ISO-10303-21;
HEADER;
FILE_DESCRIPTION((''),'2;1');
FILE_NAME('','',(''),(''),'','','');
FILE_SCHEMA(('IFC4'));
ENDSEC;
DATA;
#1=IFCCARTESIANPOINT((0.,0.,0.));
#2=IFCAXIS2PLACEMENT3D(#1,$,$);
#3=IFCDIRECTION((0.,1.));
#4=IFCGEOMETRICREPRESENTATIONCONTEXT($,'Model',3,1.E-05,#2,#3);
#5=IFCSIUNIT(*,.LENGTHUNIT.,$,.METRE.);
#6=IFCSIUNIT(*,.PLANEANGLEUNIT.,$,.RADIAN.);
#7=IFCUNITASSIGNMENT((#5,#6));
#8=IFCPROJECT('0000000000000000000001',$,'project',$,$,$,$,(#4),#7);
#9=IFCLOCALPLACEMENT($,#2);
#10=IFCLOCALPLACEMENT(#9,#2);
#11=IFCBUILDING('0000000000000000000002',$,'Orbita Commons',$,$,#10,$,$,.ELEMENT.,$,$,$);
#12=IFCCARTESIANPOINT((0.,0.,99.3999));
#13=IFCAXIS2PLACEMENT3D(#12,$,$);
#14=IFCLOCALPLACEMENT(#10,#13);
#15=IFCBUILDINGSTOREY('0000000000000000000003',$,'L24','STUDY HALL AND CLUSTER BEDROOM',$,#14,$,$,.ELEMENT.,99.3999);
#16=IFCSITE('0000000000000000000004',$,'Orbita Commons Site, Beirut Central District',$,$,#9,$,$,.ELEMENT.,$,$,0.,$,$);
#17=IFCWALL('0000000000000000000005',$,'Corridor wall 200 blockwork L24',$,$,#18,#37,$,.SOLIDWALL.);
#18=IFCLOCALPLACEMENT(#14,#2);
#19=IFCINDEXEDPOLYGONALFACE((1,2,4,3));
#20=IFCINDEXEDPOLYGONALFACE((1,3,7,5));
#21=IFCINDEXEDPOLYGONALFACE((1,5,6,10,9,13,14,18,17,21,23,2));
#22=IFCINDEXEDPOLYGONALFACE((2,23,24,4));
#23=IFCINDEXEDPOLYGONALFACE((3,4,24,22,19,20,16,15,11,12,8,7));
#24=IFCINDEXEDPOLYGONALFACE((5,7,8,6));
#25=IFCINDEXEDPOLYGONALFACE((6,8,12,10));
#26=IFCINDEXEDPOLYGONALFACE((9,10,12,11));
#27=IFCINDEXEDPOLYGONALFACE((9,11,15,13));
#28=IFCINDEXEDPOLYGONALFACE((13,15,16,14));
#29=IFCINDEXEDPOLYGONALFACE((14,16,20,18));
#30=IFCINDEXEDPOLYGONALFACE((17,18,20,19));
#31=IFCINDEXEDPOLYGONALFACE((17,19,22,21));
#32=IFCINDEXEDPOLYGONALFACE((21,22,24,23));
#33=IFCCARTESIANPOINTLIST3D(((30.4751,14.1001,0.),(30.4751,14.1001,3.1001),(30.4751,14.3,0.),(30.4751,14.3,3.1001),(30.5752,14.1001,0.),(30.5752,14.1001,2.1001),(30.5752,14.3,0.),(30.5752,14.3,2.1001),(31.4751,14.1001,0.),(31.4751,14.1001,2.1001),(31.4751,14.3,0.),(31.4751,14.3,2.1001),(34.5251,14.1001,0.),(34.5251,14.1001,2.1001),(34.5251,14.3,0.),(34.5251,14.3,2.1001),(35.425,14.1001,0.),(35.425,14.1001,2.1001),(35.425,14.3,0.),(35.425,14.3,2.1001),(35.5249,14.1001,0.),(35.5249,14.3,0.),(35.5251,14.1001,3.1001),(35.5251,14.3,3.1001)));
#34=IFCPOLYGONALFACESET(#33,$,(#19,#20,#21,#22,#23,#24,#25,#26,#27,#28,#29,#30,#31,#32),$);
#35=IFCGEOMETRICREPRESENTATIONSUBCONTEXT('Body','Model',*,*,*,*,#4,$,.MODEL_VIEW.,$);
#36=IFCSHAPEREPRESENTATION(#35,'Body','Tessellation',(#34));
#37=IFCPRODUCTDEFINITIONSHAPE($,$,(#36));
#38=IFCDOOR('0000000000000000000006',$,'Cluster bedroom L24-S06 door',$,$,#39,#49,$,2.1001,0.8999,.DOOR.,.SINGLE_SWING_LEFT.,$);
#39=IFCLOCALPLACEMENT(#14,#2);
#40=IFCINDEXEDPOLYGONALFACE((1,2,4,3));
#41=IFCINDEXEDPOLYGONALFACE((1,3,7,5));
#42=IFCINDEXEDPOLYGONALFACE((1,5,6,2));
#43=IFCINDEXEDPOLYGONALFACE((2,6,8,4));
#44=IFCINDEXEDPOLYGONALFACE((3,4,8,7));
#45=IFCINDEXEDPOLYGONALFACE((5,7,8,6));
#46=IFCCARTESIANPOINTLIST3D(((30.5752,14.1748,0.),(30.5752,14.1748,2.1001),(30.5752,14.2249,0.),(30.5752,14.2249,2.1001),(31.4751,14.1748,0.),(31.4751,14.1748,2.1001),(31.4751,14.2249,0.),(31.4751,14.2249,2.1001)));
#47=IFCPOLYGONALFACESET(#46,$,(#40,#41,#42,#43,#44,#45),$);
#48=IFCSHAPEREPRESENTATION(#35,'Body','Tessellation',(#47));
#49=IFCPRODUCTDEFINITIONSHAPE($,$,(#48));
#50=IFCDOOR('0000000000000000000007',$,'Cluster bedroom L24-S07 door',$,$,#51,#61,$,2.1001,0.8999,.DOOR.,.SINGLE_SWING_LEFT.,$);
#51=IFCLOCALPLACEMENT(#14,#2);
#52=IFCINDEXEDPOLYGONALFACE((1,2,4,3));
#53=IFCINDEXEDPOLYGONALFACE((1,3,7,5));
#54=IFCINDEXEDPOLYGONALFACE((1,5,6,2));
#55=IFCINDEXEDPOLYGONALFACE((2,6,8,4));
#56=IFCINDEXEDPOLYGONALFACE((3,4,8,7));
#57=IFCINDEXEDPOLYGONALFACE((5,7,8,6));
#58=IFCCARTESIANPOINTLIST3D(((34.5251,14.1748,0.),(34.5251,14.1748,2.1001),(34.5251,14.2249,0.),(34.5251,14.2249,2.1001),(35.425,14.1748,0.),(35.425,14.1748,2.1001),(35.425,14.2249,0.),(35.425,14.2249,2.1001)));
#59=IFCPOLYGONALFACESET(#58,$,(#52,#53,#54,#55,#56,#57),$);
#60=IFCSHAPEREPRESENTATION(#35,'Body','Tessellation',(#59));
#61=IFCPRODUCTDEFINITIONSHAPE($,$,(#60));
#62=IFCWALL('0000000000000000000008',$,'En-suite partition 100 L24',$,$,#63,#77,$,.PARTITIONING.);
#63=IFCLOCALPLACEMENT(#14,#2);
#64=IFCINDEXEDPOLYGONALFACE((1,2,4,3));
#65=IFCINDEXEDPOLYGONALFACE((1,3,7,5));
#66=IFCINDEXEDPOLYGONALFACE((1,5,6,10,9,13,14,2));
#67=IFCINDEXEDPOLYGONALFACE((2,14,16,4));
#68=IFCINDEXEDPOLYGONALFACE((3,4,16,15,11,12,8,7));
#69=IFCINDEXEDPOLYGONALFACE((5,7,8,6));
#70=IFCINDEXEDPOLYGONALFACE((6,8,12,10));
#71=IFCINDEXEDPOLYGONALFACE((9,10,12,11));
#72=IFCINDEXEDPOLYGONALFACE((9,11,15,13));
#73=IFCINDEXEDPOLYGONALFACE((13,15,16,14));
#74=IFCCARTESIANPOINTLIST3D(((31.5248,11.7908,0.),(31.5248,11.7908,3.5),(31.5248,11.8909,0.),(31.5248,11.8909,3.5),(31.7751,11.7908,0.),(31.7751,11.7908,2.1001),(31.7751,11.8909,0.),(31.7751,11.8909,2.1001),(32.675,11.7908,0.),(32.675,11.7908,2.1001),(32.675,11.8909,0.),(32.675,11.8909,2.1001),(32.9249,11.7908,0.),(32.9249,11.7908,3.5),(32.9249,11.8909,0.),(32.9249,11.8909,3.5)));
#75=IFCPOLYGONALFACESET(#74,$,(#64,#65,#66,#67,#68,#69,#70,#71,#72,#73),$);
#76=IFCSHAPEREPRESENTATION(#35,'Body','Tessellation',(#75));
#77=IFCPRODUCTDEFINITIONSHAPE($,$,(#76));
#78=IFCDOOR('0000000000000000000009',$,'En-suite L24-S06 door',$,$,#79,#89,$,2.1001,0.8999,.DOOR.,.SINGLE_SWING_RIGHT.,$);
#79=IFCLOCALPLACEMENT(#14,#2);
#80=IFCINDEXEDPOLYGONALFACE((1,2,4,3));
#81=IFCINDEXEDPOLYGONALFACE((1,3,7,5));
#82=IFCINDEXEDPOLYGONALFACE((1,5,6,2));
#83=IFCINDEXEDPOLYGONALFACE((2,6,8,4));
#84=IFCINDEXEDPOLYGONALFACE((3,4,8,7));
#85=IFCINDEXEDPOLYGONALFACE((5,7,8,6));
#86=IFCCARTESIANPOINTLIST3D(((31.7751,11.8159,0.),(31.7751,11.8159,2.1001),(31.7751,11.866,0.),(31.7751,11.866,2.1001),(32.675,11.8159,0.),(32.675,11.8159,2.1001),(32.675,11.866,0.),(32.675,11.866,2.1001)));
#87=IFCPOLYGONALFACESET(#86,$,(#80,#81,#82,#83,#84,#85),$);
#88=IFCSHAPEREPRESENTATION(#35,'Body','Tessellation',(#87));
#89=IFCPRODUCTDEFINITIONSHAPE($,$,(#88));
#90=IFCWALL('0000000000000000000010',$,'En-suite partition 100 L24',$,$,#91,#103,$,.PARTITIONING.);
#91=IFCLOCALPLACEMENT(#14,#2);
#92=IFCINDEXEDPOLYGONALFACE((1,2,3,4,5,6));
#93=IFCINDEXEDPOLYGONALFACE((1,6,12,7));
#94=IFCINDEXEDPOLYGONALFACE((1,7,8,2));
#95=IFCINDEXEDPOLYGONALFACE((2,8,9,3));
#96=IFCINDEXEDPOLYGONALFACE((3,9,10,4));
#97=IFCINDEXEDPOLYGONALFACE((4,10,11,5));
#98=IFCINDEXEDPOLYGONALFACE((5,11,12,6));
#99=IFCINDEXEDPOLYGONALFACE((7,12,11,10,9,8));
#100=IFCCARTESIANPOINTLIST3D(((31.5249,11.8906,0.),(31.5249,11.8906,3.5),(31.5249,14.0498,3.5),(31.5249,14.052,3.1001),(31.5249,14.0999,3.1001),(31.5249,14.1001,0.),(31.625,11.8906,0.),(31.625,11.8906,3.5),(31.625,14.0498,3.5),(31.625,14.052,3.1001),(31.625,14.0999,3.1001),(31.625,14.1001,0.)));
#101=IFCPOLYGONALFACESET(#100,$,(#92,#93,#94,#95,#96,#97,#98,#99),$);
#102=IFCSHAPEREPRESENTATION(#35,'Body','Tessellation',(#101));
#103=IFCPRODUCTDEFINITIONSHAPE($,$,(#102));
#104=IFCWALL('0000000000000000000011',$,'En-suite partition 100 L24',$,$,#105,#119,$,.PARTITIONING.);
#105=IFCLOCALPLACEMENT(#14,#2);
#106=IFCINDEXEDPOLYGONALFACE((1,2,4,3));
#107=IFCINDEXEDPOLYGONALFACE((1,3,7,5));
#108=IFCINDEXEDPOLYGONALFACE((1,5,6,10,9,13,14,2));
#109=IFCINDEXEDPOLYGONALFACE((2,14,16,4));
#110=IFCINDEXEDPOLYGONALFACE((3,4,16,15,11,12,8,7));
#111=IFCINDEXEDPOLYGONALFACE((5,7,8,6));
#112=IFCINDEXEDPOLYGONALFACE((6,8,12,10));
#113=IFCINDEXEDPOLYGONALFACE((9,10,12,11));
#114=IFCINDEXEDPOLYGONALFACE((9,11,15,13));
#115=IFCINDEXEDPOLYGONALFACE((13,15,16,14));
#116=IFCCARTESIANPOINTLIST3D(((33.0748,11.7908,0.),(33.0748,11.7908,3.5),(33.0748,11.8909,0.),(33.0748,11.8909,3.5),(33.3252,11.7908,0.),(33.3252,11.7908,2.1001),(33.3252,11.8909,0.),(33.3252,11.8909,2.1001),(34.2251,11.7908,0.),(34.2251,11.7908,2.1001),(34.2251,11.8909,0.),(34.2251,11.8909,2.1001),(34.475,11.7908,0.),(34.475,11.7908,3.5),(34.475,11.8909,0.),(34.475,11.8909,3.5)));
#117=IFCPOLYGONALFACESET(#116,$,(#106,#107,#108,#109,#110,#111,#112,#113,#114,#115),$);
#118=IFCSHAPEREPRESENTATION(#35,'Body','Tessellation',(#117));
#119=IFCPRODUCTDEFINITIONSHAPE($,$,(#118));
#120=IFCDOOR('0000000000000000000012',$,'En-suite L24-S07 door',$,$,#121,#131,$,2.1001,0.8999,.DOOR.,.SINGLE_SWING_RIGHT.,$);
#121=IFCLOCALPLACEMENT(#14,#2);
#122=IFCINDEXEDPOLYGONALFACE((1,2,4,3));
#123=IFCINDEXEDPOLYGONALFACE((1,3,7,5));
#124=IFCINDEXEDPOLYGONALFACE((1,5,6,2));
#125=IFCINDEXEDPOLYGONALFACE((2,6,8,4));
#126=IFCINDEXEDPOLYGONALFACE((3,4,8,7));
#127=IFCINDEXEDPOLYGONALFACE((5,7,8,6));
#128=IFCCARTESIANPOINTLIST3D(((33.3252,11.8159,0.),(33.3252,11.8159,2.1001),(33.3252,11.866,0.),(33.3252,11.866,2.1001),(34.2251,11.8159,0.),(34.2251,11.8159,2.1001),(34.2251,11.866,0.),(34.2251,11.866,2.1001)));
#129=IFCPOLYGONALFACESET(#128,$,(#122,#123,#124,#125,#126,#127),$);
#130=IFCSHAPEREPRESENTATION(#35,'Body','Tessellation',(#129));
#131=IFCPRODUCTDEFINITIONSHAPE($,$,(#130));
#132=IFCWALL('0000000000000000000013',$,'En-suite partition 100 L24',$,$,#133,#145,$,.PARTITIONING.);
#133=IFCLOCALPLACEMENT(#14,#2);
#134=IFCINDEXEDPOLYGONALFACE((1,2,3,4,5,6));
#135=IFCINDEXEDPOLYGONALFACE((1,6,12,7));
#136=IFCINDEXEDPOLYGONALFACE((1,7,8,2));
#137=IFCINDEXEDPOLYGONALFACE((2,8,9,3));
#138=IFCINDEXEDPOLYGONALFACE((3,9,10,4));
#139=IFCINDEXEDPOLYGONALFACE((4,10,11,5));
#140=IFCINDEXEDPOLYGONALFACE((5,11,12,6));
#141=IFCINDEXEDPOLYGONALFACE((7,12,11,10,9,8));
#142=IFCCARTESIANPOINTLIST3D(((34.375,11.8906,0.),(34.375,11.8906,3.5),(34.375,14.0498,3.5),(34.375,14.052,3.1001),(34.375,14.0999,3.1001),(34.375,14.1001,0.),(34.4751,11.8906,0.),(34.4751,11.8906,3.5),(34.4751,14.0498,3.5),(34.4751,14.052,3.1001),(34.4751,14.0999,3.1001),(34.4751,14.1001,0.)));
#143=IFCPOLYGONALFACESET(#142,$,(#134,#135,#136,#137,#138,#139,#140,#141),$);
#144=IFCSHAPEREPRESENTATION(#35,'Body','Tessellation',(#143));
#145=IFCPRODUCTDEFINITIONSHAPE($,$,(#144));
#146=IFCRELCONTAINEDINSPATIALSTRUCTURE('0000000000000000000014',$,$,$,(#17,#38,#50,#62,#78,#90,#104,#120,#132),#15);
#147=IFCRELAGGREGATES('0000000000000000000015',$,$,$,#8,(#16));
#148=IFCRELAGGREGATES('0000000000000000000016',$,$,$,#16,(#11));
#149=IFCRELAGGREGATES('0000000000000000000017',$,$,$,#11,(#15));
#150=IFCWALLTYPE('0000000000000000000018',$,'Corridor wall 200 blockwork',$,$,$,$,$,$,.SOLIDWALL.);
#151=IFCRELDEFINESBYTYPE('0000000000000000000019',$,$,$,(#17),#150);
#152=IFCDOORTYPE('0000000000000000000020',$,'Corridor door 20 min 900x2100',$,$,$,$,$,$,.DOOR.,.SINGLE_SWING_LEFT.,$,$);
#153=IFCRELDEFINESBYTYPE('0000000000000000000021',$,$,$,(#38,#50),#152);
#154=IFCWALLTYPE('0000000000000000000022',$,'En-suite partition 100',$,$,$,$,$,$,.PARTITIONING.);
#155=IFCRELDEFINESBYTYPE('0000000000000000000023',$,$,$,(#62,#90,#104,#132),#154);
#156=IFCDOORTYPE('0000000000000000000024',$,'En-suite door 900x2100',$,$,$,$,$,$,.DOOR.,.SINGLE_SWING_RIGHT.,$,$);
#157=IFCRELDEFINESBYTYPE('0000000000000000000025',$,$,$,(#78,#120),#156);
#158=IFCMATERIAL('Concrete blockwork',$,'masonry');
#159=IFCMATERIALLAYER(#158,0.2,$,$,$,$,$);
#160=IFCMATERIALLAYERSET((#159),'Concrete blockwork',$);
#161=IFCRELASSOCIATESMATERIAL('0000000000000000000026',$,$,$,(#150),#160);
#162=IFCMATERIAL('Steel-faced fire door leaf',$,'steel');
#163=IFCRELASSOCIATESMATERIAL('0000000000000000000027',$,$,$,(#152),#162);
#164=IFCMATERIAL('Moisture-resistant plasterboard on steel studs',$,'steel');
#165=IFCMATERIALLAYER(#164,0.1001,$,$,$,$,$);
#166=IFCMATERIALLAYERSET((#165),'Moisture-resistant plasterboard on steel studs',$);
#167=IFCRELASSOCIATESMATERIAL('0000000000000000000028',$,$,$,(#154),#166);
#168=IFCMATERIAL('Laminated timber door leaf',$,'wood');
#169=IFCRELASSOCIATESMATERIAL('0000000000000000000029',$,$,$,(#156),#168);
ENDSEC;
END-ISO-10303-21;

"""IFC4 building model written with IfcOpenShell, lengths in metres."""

from ifc_helpers import new_model, si_unit, direction, frame, frame_2d, origin, place, context, subcontext, project, spatial, polyline, rectangle, outline, extrude, material, layer, layer_set, type_object, element, fill, save


model = new_model("IFC4")

# Units and contexts
model_context = context("Model", 3, precision=1e-05, world=origin(), true_north=direction((0.0, 1.0)))
body_context = subcontext(model_context, "Body", "Model", "MODEL_VIEW")
ifc_project = project(units=[si_unit("LENGTHUNIT", "METRE"), si_unit("PLANEANGLEUNIT", "RADIAN")], contexts=[model_context])

# Site, building, storey
site_placement = place(None, origin())
site = spatial("IfcSite", under=ifc_project, at=site_placement, Name="Orbita Commons Site, Beirut Central District", CompositionType="ELEMENT", RefElevation=0.0)
building_placement = place(site_placement, origin())
building = spatial("IfcBuilding", under=site, at=building_placement, Name="Orbita Commons", CompositionType="ELEMENT")
storey_placement = place(building_placement, frame((0.0, 0.0, 99.3999)))
storey = spatial("IfcBuildingStorey", under=building, at=storey_placement, Name="L24", Description="STUDY HALL AND CLUSTER BEDROOM", CompositionType="ELEMENT", Elevation=99.3999)

# Shared definitions
ifc_material_1 = material(Name="Concrete blockwork", Category="masonry")
ifc_layer_1 = layer(ifc_material_1, 0.2)
ifc_layer_set_1 = layer_set([ifc_layer_1], Name="Concrete blockwork")
wall_type_1 = type_object("IfcWallType", Name="Corridor wall 200 blockwork", PredefinedType="SOLIDWALL", material=ifc_layer_set_1)

# Wall, openings, doors
wall_1_placement = place(storey_placement, frame((30.4751, 14.2, 0.0), z_axis=(0.0, 0.0, 1.0), x_axis=(1.0, 0.0, 0.0)))
wall_1 = element("IfcWall", 1, at=wall_1_placement, inside=storey, type_object=wall_type_1, Name="Corridor wall 200 blockwork L24", PredefinedType="SOLIDWALL", context=body_context, shape_type="SweptSolid", body=[
    extrude(outline(polyline([(0.0, 0.0), (5.0498, 0.0), (5.05, 3.1001), (0.0, 3.1001), (0.0, 0.0)])), frame((0.0, 0.1001, 0.0), z_axis=(0.0, -1.0, 0.0), x_axis=(1.0, 0.0, 0.0)), (0.0, 0.0, 1.0), 0.2),
])
opening_1_placement = place(wall_1_placement, frame((0.1001, 0.0, 0.0)))
opening_1 = element("IfcOpeningElement", 2, at=opening_1_placement, cuts=wall_1, PredefinedType="OPENING", context=body_context, shape_type="SweptSolid", body=[
    extrude(rectangle(XDim=0.8999, YDim=2.1001, at=frame_2d((0.45, 1.05))), frame((0.0, 0.1099, 0.0), z_axis=(0.0, -1.0, 0.0), x_axis=(1.0, 0.0, 0.0)), (0.0, 0.0, 1.0), 0.22),
])
opening_2_placement = place(wall_1_placement, frame((4.05, 0.0, 0.0)))
opening_2 = element("IfcOpeningElement", 3, at=opening_2_placement, cuts=wall_1, PredefinedType="OPENING", context=body_context, shape_type="SweptSolid", body=[
    extrude(rectangle(XDim=0.8999, YDim=2.1001, at=frame_2d((0.45, 1.05))), frame((0.0, 0.1099, 0.0), z_axis=(0.0, -1.0, 0.0), x_axis=(1.0, 0.0, 0.0)), (0.0, 0.0, 1.0), 0.22),
])
ifc_material_2 = material(Name="Steel-faced fire door leaf", Category="steel")
door_type_1 = type_object("IfcDoorType", Name="Corridor door 20 min 900x2100", OperationType="SINGLE_SWING_LEFT", PredefinedType="DOOR", material=ifc_material_2)
door_1_placement = place(opening_1_placement, origin())
door_1 = element("IfcDoor", 4, at=door_1_placement, inside=storey, type_object=door_type_1, Name="Cluster bedroom L24-S06 door", OperationType="SINGLE_SWING_LEFT", OverallHeight=2.1001, OverallWidth=0.8999, PredefinedType="DOOR", context=body_context, shape_type="SweptSolid", body=[
    extrude(rectangle(XDim=0.8999, YDim=2.1001, at=frame_2d((0.45, 1.05))), frame((0.0, 0.0249, 0.0), z_axis=(0.0, -1.0, 0.0), x_axis=(1.0, 0.0, 0.0)), (0.0, 0.0, 1.0), 0.05),
])
fill(opening_1, door_1)
door_2_placement = place(opening_2_placement, origin())
door_2 = element("IfcDoor", 5, at=door_2_placement, inside=storey, type_object=door_type_1, Name="Cluster bedroom L24-S07 door", OperationType="SINGLE_SWING_LEFT", OverallHeight=2.1001, OverallWidth=0.8999, PredefinedType="DOOR", context=body_context, shape_type="SweptSolid", body=[
    extrude(rectangle(XDim=0.8999, YDim=2.1001, at=frame_2d((0.45, 1.05))), frame((0.0, 0.0249, 0.0), z_axis=(0.0, -1.0, 0.0), x_axis=(1.0, 0.0, 0.0)), (0.0, 0.0, 1.0), 0.05),
])
fill(opening_2, door_2)

# Wall, opening, door
ifc_material_3 = material(Name="Moisture-resistant plasterboard on steel studs", Category="steel")
ifc_layer_2 = layer(ifc_material_3, 0.1001)
ifc_layer_set_2 = layer_set([ifc_layer_2], Name="Moisture-resistant plasterboard on steel studs")
wall_type_2 = type_object("IfcWallType", Name="En-suite partition 100", PredefinedType="PARTITIONING", material=ifc_layer_set_2)
wall_2_placement = place(storey_placement, frame((32.925, 11.8408, 0.0), z_axis=(0.0, 0.0, 1.0), x_axis=(-1.0, 0.0, 0.0)))
wall_2 = element("IfcWall", 6, at=wall_2_placement, inside=storey, type_object=wall_type_2, Name="En-suite partition 100 L24", PredefinedType="PARTITIONING", context=body_context, shape_type="SweptSolid", body=[
    extrude(rectangle(XDim=1.4001, YDim=0.1001, at=frame_2d((0.7002, 0.0))), origin(), (0.0, 0.0, 1.0), 3.5),
])
opening_3_placement = place(wall_2_placement, frame((0.25, 0.0, 0.0)))
opening_3 = element("IfcOpeningElement", 7, at=opening_3_placement, cuts=wall_2, PredefinedType="OPENING", context=body_context, shape_type="SweptSolid", body=[
    extrude(rectangle(XDim=0.8999, YDim=2.1001, at=frame_2d((0.45, 1.05))), frame((0.0, 0.0601, 0.0), z_axis=(0.0, -1.0, 0.0), x_axis=(1.0, 0.0, 0.0)), (0.0, 0.0, 1.0), 0.1201),
])
ifc_material_4 = material(Name="Laminated timber door leaf", Category="wood")
door_type_2 = type_object("IfcDoorType", Name="En-suite door 900x2100", OperationType="SINGLE_SWING_RIGHT", PredefinedType="DOOR", material=ifc_material_4)
door_3_placement = place(opening_3_placement, origin())
door_3 = element("IfcDoor", 8, at=door_3_placement, inside=storey, type_object=door_type_2, Name="En-suite L24-S06 door", OperationType="SINGLE_SWING_RIGHT", OverallHeight=2.1001, OverallWidth=0.8999, PredefinedType="DOOR", context=body_context, shape_type="SweptSolid", body=[
    extrude(rectangle(XDim=0.8999, YDim=2.1001, at=frame_2d((0.45, 1.05))), frame((0.0, 0.0249, 0.0), z_axis=(0.0, -1.0, 0.0), x_axis=(1.0, 0.0, 0.0)), (0.0, 0.0, 1.0), 0.05),
])
fill(opening_3, door_3)

# Wall
wall_3_placement = place(storey_placement, frame((31.575, 11.8906, 0.0), z_axis=(0.0, 0.0, 1.0), x_axis=(0.0, 1.0, 0.0)))
element("IfcWall", 9, at=wall_3_placement, inside=storey, type_object=wall_type_2, Name="En-suite partition 100 L24", PredefinedType="PARTITIONING", context=body_context, shape_type="SweptSolid", body=[
    extrude(outline(polyline([(0.0, 0.0), (2.2095, 0.0), (2.2092, 3.1001), (2.1614, 3.1001), (2.1592, 3.5), (0.0, 3.5), (0.0, 0.0)])), frame((0.0, 0.05, 0.0), z_axis=(0.0, -1.0, 0.0), x_axis=(1.0, 0.0, 0.0)), (0.0, 0.0, 1.0), 0.1001),
])

# Wall, opening, door
wall_4_placement = place(storey_placement, frame((34.4751, 11.8408, 0.0), z_axis=(0.0, 0.0, 1.0), x_axis=(-1.0, 0.0, 0.0)))
wall_4 = element("IfcWall", 10, at=wall_4_placement, inside=storey, type_object=wall_type_2, Name="En-suite partition 100 L24", PredefinedType="PARTITIONING", context=body_context, shape_type="SweptSolid", body=[
    extrude(rectangle(XDim=1.4001, YDim=0.1001, at=frame_2d((0.7002, 0.0))), origin(), (0.0, 0.0, 1.0), 3.5),
])
opening_4_placement = place(wall_4_placement, frame((0.25, 0.0, 0.0)))
opening_4 = element("IfcOpeningElement", 11, at=opening_4_placement, cuts=wall_4, PredefinedType="OPENING", context=body_context, shape_type="SweptSolid", body=[
    extrude(rectangle(XDim=0.8999, YDim=2.1001, at=frame_2d((0.45, 1.05))), frame((0.0, 0.0601, 0.0), z_axis=(0.0, -1.0, 0.0), x_axis=(1.0, 0.0, 0.0)), (0.0, 0.0, 1.0), 0.1201),
])
door_4_placement = place(opening_4_placement, origin())
door_4 = element("IfcDoor", 12, at=door_4_placement, inside=storey, type_object=door_type_2, Name="En-suite L24-S07 door", OperationType="SINGLE_SWING_RIGHT", OverallHeight=2.1001, OverallWidth=0.8999, PredefinedType="DOOR", context=body_context, shape_type="SweptSolid", body=[
    extrude(rectangle(XDim=0.8999, YDim=2.1001, at=frame_2d((0.45, 1.05))), frame((0.0, 0.0249, 0.0), z_axis=(0.0, -1.0, 0.0), x_axis=(1.0, 0.0, 0.0)), (0.0, 0.0, 1.0), 0.05),
])
fill(opening_4, door_4)

# Wall
wall_5_placement = place(storey_placement, frame((34.425, 11.8906, 0.0), z_axis=(0.0, 0.0, 1.0), x_axis=(0.0, 1.0, 0.0)))
element("IfcWall", 13, at=wall_5_placement, inside=storey, type_object=wall_type_2, Name="En-suite partition 100 L24", PredefinedType="PARTITIONING", context=body_context, shape_type="SweptSolid", body=[
    extrude(outline(polyline([(0.0, 0.0), (2.2095, 0.0), (2.2092, 3.1001), (2.1614, 3.1001), (2.1592, 3.5), (0.0, 3.5), (0.0, 0.0)])), frame((0.0, 0.05, 0.0), z_axis=(0.0, -1.0, 0.0), x_axis=(1.0, 0.0, 0.0)), (0.0, 0.0, 1.0), 0.1001),
])

save(model, "model.ifc")
